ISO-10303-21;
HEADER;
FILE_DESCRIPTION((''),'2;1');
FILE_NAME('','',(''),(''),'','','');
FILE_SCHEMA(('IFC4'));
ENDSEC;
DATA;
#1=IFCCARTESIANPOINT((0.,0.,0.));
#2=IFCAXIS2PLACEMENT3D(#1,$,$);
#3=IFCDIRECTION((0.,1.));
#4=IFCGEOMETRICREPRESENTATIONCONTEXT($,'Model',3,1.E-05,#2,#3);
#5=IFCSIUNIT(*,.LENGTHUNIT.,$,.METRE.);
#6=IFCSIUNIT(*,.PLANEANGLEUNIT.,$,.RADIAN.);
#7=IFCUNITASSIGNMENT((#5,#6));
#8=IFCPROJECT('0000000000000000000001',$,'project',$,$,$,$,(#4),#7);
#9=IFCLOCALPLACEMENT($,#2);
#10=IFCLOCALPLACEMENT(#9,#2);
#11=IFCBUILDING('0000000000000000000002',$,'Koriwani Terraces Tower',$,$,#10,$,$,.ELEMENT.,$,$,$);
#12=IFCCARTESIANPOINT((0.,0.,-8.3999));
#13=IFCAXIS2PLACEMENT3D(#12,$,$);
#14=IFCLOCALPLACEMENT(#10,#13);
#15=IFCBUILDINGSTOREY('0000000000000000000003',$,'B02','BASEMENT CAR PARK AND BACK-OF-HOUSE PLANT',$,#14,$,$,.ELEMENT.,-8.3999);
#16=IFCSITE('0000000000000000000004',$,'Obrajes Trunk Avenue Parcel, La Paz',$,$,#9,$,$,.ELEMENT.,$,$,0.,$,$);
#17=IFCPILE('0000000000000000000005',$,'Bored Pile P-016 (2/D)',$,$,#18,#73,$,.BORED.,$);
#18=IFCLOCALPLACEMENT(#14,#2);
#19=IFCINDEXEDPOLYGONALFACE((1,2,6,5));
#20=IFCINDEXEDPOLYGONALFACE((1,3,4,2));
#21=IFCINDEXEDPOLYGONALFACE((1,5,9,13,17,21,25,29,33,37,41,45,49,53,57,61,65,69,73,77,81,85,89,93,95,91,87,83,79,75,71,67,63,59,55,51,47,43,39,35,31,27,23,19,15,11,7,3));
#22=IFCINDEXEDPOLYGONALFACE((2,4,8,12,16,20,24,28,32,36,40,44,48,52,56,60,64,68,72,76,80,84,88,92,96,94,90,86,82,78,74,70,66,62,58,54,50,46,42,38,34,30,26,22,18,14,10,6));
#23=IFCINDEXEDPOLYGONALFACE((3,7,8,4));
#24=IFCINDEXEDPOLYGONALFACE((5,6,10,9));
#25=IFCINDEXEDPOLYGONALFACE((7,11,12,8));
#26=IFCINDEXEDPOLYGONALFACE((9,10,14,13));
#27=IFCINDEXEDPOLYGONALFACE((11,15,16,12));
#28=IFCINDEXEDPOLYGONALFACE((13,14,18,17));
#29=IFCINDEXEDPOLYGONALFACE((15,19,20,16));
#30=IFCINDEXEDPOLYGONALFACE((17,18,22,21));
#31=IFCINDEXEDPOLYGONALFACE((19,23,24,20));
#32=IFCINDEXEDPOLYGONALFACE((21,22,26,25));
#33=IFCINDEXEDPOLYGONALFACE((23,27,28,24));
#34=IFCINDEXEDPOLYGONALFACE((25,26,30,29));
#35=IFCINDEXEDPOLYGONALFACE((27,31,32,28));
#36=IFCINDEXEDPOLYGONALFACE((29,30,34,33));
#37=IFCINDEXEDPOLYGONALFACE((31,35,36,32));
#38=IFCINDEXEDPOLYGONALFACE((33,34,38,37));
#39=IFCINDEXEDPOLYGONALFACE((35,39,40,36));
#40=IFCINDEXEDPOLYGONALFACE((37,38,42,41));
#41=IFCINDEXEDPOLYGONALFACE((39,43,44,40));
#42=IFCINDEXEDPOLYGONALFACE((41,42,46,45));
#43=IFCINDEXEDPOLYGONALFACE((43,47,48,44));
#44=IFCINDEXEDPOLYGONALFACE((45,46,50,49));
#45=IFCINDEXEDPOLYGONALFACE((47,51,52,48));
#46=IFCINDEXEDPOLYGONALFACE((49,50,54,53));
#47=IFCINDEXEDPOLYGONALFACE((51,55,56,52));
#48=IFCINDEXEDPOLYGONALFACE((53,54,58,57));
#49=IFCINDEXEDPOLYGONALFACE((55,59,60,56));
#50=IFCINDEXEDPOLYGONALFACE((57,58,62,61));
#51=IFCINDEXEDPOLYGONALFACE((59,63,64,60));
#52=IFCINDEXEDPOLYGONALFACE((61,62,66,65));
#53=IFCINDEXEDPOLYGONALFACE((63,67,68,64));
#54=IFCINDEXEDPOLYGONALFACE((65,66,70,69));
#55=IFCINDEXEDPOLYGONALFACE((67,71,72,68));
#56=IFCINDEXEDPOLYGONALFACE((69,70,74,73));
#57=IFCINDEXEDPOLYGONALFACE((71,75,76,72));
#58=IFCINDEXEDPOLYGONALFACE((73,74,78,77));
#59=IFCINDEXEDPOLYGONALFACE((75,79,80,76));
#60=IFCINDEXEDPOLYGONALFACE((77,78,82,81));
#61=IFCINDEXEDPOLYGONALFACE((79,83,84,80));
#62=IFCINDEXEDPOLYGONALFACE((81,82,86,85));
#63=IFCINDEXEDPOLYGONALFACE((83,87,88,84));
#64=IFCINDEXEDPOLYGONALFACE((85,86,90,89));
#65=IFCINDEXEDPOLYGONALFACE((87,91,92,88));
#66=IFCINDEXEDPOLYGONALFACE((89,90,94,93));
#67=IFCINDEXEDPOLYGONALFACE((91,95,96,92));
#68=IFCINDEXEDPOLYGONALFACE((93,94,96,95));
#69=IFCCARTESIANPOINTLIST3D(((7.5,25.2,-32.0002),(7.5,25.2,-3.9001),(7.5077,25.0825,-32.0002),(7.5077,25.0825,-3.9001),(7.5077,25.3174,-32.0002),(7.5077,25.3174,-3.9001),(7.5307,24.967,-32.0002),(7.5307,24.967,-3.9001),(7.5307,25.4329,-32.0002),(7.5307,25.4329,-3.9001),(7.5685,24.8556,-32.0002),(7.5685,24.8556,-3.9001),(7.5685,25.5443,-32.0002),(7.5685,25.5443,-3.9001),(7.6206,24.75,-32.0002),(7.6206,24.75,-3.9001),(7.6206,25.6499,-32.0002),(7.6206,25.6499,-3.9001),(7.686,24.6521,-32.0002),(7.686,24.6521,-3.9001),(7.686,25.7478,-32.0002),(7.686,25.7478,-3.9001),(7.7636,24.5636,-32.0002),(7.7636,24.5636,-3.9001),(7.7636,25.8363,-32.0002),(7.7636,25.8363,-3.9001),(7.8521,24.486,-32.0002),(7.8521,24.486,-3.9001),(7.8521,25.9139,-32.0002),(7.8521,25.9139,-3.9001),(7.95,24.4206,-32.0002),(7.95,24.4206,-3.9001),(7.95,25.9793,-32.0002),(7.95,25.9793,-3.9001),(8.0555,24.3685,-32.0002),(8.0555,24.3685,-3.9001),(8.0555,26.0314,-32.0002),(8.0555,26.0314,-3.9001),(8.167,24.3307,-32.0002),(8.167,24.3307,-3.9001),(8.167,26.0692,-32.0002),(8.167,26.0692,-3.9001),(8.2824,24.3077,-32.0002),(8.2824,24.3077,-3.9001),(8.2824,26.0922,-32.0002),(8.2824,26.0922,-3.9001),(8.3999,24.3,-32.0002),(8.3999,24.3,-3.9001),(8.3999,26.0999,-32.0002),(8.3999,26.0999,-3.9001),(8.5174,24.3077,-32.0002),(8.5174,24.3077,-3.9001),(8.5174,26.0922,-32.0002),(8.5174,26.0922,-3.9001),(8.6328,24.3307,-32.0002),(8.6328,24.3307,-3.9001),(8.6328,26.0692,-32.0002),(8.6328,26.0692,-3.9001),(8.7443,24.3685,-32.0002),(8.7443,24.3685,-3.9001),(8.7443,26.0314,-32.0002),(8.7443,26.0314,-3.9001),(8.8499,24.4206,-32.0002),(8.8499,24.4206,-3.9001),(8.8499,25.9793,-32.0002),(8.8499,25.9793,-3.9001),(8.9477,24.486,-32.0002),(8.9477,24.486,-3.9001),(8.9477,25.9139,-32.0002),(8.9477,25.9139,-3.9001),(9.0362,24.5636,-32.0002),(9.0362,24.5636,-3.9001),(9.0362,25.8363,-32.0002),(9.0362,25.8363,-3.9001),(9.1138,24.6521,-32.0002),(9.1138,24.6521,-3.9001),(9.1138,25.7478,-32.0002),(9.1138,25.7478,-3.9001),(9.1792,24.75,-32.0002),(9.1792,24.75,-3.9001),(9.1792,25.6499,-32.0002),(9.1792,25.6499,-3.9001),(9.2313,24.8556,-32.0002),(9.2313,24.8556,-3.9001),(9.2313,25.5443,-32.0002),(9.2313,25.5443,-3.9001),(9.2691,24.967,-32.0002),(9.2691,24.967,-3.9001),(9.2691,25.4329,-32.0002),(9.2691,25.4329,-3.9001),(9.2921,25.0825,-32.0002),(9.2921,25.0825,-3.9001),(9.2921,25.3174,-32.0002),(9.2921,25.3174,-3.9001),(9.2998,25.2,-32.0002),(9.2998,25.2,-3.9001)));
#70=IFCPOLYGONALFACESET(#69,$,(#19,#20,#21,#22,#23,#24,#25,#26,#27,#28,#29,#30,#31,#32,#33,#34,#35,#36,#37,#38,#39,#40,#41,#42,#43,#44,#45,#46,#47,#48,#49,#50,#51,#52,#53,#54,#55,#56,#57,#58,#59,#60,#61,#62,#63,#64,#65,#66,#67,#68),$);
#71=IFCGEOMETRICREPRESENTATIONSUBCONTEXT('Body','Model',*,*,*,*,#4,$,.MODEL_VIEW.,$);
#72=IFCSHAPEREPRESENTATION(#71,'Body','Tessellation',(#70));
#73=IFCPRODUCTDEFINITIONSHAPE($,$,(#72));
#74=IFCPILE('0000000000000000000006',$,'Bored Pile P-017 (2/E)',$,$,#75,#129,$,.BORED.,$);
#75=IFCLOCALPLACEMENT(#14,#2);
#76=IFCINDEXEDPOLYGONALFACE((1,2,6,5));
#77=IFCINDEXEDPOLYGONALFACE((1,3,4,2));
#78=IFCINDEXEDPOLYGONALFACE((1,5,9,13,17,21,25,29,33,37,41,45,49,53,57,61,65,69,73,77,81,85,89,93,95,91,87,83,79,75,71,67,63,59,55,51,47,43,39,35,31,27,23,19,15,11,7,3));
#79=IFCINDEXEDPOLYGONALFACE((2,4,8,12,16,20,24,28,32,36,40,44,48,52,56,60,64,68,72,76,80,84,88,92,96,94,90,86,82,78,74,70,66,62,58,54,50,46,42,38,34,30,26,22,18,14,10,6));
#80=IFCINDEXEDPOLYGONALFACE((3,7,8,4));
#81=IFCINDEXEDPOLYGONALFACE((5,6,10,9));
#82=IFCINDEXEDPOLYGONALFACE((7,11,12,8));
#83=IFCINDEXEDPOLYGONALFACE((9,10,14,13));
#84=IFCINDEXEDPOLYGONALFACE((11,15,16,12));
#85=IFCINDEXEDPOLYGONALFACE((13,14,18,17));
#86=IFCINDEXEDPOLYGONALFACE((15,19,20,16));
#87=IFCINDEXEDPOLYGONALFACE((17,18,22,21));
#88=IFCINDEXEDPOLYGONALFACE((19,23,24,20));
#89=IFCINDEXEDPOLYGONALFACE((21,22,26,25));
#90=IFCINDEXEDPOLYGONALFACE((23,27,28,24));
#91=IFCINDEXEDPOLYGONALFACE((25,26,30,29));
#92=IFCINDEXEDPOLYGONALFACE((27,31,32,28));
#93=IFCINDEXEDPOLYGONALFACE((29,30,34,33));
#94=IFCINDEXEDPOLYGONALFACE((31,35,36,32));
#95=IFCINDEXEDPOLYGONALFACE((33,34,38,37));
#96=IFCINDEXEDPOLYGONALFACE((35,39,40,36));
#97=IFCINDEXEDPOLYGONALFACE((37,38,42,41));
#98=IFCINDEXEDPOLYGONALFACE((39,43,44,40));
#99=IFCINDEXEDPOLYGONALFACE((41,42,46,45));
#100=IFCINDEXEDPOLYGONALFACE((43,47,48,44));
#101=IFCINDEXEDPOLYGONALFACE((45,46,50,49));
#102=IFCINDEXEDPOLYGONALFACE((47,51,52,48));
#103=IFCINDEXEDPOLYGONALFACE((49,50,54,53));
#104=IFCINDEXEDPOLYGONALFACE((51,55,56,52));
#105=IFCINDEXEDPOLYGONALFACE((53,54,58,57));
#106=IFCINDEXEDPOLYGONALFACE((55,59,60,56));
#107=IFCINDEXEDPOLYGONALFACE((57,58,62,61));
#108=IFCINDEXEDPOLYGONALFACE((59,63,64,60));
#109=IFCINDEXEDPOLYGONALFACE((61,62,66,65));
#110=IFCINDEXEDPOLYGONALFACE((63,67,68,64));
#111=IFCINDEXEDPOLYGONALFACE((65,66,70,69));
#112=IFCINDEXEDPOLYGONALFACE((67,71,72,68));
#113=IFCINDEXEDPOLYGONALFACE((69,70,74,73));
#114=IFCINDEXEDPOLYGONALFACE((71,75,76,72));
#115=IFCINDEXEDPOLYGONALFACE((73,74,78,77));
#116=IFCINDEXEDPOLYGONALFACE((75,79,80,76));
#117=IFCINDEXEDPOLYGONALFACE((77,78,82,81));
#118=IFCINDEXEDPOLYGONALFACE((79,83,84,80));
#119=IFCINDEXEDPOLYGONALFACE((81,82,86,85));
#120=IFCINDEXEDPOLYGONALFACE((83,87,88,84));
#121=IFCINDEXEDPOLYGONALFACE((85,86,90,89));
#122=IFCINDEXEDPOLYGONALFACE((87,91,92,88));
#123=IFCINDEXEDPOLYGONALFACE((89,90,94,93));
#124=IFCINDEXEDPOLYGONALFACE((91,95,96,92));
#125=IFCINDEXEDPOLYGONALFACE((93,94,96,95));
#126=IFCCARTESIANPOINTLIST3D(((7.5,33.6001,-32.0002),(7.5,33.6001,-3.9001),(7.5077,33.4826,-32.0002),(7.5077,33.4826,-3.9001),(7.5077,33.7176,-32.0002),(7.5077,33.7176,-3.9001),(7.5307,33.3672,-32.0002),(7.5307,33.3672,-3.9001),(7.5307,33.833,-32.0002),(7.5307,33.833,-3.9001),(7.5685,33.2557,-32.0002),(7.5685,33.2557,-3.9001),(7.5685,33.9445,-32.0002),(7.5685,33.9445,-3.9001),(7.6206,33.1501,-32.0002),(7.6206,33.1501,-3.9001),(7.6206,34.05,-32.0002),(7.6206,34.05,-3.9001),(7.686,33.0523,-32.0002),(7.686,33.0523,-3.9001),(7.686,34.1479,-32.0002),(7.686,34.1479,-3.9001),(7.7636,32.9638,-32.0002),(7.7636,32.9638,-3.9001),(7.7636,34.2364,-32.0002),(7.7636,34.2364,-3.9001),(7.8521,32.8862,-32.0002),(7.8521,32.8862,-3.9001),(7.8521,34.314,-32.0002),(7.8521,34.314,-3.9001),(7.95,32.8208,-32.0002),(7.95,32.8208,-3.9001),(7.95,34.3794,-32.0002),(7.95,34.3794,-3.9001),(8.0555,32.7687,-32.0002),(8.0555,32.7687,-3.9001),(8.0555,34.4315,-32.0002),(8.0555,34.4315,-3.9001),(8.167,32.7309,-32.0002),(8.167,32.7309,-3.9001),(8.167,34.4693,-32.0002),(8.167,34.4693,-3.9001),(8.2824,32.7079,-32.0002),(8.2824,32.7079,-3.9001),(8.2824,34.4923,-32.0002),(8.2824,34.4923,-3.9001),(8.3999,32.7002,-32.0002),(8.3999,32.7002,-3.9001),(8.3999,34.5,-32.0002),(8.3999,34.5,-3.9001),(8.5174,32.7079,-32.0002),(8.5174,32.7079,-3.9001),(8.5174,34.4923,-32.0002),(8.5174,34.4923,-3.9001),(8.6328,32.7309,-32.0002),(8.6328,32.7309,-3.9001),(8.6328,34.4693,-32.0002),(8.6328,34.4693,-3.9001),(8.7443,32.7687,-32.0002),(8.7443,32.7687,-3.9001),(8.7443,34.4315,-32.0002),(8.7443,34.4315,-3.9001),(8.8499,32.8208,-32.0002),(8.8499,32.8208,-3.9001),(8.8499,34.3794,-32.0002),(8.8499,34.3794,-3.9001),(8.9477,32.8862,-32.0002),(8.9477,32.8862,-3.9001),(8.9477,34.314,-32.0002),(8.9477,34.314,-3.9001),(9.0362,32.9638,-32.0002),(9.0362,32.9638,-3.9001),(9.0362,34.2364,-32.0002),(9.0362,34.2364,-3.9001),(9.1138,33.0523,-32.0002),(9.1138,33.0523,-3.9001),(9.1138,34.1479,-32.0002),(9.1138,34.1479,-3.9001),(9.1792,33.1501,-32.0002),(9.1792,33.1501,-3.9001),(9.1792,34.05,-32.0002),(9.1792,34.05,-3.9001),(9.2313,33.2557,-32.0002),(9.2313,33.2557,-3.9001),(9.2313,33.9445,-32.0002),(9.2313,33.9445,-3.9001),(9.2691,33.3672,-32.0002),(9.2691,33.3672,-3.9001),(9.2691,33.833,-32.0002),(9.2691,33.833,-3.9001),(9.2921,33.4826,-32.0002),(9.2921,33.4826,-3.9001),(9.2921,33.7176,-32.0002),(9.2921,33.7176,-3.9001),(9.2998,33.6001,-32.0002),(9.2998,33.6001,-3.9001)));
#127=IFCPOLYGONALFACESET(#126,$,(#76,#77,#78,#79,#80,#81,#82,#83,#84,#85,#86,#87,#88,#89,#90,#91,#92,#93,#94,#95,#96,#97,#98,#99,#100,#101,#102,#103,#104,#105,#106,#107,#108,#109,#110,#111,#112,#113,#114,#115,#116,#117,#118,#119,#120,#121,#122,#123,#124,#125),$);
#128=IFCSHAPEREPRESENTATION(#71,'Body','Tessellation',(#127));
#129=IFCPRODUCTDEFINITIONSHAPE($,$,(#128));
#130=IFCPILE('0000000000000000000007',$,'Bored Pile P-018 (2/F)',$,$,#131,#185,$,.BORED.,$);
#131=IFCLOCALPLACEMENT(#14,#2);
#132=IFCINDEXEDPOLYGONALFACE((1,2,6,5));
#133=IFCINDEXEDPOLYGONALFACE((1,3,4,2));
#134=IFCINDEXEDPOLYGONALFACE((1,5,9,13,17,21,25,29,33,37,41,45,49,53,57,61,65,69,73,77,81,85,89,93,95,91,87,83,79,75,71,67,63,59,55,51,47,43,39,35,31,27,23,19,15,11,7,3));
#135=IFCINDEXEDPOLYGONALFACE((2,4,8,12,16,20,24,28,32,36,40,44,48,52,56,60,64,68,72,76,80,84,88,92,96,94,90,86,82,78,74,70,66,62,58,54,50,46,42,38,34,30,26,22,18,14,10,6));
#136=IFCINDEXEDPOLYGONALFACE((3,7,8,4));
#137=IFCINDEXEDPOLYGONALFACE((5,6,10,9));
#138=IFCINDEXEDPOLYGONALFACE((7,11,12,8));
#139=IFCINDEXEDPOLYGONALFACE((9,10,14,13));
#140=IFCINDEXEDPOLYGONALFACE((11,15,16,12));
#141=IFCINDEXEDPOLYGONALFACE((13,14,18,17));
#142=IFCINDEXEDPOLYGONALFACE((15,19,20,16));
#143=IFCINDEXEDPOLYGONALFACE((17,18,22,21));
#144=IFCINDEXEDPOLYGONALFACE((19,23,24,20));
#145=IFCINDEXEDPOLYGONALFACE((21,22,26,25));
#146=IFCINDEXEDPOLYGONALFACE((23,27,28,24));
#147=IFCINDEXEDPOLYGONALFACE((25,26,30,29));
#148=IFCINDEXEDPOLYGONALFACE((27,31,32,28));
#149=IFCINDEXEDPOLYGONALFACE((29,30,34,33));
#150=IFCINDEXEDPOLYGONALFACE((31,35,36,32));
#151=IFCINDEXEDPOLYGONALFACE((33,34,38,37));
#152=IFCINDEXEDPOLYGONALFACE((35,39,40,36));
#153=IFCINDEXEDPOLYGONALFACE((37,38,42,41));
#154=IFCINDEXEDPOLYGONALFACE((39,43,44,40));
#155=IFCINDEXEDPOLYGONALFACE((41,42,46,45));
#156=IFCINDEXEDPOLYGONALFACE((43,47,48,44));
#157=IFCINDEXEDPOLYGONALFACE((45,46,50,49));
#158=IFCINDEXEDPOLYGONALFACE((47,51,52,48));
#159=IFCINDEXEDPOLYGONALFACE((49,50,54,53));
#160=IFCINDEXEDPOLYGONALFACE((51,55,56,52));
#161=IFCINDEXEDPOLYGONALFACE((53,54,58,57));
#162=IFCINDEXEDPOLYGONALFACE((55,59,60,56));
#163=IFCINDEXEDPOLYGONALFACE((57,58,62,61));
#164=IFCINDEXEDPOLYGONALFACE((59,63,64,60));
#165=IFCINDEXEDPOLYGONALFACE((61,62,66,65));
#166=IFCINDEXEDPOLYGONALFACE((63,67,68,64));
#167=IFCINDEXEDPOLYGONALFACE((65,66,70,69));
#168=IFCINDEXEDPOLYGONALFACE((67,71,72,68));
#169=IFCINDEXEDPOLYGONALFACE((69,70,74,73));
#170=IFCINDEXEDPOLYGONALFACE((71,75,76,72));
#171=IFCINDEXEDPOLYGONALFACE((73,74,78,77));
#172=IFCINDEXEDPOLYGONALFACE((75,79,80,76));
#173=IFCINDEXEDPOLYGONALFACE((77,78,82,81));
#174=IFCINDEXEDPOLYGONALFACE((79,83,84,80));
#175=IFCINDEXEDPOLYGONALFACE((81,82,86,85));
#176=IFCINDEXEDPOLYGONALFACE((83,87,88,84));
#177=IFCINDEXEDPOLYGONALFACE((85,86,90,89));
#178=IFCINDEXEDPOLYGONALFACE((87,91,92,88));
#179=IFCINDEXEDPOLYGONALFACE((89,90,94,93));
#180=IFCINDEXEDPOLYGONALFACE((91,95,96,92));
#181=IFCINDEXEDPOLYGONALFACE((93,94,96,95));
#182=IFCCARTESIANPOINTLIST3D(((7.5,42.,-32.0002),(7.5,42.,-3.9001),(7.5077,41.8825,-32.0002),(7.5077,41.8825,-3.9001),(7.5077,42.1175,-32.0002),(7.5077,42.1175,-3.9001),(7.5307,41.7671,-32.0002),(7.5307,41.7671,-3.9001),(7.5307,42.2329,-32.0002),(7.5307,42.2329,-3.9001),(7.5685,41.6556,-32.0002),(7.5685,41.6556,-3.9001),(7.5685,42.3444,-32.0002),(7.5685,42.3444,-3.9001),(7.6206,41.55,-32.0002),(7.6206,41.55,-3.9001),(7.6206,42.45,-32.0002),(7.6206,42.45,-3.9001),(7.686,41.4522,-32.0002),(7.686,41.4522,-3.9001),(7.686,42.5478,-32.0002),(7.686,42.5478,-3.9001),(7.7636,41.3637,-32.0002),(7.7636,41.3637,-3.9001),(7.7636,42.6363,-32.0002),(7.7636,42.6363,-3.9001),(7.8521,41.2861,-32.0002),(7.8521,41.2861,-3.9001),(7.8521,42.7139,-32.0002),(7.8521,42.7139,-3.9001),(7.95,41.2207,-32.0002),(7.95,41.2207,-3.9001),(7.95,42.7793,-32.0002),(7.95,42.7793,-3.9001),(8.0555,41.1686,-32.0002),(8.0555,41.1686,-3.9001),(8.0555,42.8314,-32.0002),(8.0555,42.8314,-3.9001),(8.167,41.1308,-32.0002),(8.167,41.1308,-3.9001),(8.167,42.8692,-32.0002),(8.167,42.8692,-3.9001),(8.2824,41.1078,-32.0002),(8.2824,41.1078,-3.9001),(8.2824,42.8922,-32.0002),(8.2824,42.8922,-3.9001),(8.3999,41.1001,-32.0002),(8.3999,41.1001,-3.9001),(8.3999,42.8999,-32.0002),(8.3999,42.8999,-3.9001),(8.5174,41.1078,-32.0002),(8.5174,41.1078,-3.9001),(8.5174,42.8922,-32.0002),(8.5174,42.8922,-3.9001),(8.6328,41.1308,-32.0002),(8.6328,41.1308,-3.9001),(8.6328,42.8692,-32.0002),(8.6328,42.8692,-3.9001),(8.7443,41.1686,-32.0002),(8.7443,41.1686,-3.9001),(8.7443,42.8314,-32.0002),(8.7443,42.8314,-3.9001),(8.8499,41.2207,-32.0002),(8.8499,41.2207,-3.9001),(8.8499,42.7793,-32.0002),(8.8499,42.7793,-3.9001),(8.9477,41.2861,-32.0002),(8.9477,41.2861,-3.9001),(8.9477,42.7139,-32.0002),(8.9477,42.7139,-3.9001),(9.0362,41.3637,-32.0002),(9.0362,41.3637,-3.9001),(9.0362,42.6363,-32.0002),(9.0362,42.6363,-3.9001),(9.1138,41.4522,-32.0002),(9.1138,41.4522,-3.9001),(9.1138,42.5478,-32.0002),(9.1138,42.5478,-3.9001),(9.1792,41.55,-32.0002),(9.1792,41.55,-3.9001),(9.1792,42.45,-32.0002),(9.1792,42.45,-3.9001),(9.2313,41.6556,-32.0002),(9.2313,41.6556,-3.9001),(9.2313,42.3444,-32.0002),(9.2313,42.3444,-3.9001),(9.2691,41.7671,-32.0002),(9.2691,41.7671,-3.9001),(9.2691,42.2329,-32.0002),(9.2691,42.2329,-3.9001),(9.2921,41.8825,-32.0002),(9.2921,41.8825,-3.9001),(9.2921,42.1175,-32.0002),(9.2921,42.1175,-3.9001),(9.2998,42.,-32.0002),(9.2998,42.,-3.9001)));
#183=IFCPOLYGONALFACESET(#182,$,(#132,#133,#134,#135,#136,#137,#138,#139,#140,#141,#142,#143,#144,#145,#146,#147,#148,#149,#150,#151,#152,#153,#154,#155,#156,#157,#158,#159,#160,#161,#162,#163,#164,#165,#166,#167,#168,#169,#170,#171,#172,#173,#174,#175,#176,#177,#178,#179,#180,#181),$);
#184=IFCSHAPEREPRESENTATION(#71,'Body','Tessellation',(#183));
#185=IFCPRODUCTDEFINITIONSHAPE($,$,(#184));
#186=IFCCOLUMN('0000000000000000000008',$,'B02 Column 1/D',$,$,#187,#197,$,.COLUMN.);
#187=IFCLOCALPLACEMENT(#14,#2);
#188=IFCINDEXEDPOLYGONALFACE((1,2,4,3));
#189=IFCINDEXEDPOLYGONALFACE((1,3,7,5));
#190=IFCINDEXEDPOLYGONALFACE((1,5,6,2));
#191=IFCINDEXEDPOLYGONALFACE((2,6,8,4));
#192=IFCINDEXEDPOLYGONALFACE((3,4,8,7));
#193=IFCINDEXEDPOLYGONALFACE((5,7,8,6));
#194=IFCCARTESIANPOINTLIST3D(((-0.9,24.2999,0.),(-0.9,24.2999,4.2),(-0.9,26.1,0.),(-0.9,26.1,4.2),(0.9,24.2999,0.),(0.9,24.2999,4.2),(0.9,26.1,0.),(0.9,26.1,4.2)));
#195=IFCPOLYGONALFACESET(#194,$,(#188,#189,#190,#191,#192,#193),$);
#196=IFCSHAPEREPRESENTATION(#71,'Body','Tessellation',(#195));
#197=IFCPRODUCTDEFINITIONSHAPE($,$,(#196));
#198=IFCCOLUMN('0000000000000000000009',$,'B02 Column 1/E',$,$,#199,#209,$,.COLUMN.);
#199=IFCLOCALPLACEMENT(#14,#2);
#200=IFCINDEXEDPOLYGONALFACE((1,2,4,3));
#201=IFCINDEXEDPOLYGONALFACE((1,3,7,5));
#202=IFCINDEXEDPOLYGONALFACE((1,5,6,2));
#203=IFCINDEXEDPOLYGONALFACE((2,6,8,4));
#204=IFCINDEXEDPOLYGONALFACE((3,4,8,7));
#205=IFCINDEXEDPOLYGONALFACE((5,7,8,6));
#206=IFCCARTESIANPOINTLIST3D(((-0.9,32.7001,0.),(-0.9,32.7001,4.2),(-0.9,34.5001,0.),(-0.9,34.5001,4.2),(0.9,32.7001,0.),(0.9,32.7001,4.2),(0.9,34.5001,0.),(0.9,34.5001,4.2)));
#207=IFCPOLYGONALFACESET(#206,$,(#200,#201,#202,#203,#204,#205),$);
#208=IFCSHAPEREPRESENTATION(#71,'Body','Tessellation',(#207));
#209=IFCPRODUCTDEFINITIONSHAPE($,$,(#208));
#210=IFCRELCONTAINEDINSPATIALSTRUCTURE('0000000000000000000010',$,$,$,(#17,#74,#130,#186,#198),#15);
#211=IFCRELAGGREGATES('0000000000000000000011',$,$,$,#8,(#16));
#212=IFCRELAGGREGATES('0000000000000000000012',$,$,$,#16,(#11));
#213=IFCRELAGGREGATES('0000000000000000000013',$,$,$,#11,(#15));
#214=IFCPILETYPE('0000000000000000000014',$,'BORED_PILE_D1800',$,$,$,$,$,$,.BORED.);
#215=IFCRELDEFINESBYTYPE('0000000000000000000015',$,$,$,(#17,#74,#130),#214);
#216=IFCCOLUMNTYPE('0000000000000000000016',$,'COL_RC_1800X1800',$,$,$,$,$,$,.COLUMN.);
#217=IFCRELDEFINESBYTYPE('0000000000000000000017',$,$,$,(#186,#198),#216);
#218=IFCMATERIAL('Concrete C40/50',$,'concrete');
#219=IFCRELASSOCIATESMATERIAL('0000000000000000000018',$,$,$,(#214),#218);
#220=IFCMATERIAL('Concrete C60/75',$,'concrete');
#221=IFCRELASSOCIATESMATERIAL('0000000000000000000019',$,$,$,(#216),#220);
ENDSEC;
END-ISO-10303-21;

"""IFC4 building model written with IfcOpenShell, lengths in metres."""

from ifc_helpers import new_model, si_unit, direction, frame, origin, origin_2d, place, context, subcontext, project, spatial, rectangle, circle, extrude, material, material_profile, profile_set, type_object, element, save


model = new_model("IFC4")

# Units and contexts
model_context = context("Model", 3, precision=1e-05, world=origin(), true_north=direction((0.0, 1.0)))
body_context = subcontext(model_context, "Body", "Model", "MODEL_VIEW")
ifc_project = project(units=[si_unit("LENGTHUNIT", "METRE"), si_unit("PLANEANGLEUNIT", "RADIAN")], contexts=[model_context])

# Site, building, storey
site_placement = place(None, origin())
site = spatial("IfcSite", under=ifc_project, at=site_placement, Name="Obrajes Trunk Avenue Parcel, La Paz", CompositionType="ELEMENT", RefElevation=0.0)
building_placement = place(site_placement, origin())
building = spatial("IfcBuilding", under=site, at=building_placement, Name="Koriwani Terraces Tower", CompositionType="ELEMENT")
storey_placement = place(building_placement, frame((0.0, 0.0, -8.3999)))
storey = spatial("IfcBuildingStorey", under=building, at=storey_placement, Name="B02", Description="BASEMENT CAR PARK AND BACK-OF-HOUSE PLANT", CompositionType="ELEMENT", Elevation=-8.3999)

# Piles
ifc_material_1 = material(Name="Concrete C40/50", Category="concrete")
ifc_material_profile_1 = material_profile(ifc_material_1, circle(Radius=0.8999, at=origin_2d()), Name="Concrete C40/50")
ifc_profile_set_1 = profile_set([ifc_material_profile_1], Name="Concrete C40/50")
pile_type = type_object("IfcPileType", Name="BORED_PILE_D1800", PredefinedType="BORED", material=ifc_profile_set_1)
for number, where, z_axis, x_axis, name in (
    (1, (8.3999, 25.2, -3.9001), (0.0, 0.0, -1.0), (1.0, 0.0, 0.0), "Bored Pile P-016 (2/D)"),
    (2, (8.3999, 33.6001, -3.9001), (0.0, 0.0, -1.0), (1.0, 0.0, 0.0), "Bored Pile P-017 (2/E)"),
    (3, (8.3999, 42.0, -3.9001), (0.0, 0.0, -1.0), (1.0, 0.0, 0.0), "Bored Pile P-018 (2/F)"),
):
    element("IfcPile", number, at=place(storey_placement, frame(where, z_axis=z_axis, x_axis=x_axis)), inside=storey, type_object=pile_type, Name=name, PredefinedType="BORED", context=body_context, shape_type="SweptSolid", body=[
        extrude(circle(Radius=0.8999, at=origin_2d()), origin(), (0.0, 0.0, 1.0), 28.1001),
    ])

# Columns
ifc_material_2 = material(Name="Concrete C60/75", Category="concrete")
ifc_material_profile_2 = material_profile(ifc_material_2, rectangle(XDim=1.8, YDim=1.8, at=origin_2d()), Name="Concrete C60/75", Category="LoadBearing")
ifc_profile_set_2 = profile_set([ifc_material_profile_2], Name="Concrete C60/75")
column_type = type_object("IfcColumnType", Name="COL_RC_1800X1800", PredefinedType="COLUMN", material=ifc_profile_set_2)
for number, where, z_axis, x_axis, name in (
    (4, (0.0, 25.2, 0.0), (0.0, 0.0, 1.0), (1.0, 0.0, 0.0), "B02 Column 1/D"),
    (5, (0.0, 33.6001, 0.0), (0.0, 0.0, 1.0), (1.0, 0.0, 0.0), "B02 Column 1/E"),
):
    element("IfcColumn", number, at=place(storey_placement, frame(where, z_axis=z_axis, x_axis=x_axis)), inside=storey, type_object=column_type, Name=name, PredefinedType="COLUMN", context=body_context, shape_type="SweptSolid", body=[
        extrude(rectangle(XDim=1.8, YDim=1.8, at=origin_2d()), origin(), (0.0, 0.0, 1.0), 4.2),
    ])

save(model, "model.ifc")
